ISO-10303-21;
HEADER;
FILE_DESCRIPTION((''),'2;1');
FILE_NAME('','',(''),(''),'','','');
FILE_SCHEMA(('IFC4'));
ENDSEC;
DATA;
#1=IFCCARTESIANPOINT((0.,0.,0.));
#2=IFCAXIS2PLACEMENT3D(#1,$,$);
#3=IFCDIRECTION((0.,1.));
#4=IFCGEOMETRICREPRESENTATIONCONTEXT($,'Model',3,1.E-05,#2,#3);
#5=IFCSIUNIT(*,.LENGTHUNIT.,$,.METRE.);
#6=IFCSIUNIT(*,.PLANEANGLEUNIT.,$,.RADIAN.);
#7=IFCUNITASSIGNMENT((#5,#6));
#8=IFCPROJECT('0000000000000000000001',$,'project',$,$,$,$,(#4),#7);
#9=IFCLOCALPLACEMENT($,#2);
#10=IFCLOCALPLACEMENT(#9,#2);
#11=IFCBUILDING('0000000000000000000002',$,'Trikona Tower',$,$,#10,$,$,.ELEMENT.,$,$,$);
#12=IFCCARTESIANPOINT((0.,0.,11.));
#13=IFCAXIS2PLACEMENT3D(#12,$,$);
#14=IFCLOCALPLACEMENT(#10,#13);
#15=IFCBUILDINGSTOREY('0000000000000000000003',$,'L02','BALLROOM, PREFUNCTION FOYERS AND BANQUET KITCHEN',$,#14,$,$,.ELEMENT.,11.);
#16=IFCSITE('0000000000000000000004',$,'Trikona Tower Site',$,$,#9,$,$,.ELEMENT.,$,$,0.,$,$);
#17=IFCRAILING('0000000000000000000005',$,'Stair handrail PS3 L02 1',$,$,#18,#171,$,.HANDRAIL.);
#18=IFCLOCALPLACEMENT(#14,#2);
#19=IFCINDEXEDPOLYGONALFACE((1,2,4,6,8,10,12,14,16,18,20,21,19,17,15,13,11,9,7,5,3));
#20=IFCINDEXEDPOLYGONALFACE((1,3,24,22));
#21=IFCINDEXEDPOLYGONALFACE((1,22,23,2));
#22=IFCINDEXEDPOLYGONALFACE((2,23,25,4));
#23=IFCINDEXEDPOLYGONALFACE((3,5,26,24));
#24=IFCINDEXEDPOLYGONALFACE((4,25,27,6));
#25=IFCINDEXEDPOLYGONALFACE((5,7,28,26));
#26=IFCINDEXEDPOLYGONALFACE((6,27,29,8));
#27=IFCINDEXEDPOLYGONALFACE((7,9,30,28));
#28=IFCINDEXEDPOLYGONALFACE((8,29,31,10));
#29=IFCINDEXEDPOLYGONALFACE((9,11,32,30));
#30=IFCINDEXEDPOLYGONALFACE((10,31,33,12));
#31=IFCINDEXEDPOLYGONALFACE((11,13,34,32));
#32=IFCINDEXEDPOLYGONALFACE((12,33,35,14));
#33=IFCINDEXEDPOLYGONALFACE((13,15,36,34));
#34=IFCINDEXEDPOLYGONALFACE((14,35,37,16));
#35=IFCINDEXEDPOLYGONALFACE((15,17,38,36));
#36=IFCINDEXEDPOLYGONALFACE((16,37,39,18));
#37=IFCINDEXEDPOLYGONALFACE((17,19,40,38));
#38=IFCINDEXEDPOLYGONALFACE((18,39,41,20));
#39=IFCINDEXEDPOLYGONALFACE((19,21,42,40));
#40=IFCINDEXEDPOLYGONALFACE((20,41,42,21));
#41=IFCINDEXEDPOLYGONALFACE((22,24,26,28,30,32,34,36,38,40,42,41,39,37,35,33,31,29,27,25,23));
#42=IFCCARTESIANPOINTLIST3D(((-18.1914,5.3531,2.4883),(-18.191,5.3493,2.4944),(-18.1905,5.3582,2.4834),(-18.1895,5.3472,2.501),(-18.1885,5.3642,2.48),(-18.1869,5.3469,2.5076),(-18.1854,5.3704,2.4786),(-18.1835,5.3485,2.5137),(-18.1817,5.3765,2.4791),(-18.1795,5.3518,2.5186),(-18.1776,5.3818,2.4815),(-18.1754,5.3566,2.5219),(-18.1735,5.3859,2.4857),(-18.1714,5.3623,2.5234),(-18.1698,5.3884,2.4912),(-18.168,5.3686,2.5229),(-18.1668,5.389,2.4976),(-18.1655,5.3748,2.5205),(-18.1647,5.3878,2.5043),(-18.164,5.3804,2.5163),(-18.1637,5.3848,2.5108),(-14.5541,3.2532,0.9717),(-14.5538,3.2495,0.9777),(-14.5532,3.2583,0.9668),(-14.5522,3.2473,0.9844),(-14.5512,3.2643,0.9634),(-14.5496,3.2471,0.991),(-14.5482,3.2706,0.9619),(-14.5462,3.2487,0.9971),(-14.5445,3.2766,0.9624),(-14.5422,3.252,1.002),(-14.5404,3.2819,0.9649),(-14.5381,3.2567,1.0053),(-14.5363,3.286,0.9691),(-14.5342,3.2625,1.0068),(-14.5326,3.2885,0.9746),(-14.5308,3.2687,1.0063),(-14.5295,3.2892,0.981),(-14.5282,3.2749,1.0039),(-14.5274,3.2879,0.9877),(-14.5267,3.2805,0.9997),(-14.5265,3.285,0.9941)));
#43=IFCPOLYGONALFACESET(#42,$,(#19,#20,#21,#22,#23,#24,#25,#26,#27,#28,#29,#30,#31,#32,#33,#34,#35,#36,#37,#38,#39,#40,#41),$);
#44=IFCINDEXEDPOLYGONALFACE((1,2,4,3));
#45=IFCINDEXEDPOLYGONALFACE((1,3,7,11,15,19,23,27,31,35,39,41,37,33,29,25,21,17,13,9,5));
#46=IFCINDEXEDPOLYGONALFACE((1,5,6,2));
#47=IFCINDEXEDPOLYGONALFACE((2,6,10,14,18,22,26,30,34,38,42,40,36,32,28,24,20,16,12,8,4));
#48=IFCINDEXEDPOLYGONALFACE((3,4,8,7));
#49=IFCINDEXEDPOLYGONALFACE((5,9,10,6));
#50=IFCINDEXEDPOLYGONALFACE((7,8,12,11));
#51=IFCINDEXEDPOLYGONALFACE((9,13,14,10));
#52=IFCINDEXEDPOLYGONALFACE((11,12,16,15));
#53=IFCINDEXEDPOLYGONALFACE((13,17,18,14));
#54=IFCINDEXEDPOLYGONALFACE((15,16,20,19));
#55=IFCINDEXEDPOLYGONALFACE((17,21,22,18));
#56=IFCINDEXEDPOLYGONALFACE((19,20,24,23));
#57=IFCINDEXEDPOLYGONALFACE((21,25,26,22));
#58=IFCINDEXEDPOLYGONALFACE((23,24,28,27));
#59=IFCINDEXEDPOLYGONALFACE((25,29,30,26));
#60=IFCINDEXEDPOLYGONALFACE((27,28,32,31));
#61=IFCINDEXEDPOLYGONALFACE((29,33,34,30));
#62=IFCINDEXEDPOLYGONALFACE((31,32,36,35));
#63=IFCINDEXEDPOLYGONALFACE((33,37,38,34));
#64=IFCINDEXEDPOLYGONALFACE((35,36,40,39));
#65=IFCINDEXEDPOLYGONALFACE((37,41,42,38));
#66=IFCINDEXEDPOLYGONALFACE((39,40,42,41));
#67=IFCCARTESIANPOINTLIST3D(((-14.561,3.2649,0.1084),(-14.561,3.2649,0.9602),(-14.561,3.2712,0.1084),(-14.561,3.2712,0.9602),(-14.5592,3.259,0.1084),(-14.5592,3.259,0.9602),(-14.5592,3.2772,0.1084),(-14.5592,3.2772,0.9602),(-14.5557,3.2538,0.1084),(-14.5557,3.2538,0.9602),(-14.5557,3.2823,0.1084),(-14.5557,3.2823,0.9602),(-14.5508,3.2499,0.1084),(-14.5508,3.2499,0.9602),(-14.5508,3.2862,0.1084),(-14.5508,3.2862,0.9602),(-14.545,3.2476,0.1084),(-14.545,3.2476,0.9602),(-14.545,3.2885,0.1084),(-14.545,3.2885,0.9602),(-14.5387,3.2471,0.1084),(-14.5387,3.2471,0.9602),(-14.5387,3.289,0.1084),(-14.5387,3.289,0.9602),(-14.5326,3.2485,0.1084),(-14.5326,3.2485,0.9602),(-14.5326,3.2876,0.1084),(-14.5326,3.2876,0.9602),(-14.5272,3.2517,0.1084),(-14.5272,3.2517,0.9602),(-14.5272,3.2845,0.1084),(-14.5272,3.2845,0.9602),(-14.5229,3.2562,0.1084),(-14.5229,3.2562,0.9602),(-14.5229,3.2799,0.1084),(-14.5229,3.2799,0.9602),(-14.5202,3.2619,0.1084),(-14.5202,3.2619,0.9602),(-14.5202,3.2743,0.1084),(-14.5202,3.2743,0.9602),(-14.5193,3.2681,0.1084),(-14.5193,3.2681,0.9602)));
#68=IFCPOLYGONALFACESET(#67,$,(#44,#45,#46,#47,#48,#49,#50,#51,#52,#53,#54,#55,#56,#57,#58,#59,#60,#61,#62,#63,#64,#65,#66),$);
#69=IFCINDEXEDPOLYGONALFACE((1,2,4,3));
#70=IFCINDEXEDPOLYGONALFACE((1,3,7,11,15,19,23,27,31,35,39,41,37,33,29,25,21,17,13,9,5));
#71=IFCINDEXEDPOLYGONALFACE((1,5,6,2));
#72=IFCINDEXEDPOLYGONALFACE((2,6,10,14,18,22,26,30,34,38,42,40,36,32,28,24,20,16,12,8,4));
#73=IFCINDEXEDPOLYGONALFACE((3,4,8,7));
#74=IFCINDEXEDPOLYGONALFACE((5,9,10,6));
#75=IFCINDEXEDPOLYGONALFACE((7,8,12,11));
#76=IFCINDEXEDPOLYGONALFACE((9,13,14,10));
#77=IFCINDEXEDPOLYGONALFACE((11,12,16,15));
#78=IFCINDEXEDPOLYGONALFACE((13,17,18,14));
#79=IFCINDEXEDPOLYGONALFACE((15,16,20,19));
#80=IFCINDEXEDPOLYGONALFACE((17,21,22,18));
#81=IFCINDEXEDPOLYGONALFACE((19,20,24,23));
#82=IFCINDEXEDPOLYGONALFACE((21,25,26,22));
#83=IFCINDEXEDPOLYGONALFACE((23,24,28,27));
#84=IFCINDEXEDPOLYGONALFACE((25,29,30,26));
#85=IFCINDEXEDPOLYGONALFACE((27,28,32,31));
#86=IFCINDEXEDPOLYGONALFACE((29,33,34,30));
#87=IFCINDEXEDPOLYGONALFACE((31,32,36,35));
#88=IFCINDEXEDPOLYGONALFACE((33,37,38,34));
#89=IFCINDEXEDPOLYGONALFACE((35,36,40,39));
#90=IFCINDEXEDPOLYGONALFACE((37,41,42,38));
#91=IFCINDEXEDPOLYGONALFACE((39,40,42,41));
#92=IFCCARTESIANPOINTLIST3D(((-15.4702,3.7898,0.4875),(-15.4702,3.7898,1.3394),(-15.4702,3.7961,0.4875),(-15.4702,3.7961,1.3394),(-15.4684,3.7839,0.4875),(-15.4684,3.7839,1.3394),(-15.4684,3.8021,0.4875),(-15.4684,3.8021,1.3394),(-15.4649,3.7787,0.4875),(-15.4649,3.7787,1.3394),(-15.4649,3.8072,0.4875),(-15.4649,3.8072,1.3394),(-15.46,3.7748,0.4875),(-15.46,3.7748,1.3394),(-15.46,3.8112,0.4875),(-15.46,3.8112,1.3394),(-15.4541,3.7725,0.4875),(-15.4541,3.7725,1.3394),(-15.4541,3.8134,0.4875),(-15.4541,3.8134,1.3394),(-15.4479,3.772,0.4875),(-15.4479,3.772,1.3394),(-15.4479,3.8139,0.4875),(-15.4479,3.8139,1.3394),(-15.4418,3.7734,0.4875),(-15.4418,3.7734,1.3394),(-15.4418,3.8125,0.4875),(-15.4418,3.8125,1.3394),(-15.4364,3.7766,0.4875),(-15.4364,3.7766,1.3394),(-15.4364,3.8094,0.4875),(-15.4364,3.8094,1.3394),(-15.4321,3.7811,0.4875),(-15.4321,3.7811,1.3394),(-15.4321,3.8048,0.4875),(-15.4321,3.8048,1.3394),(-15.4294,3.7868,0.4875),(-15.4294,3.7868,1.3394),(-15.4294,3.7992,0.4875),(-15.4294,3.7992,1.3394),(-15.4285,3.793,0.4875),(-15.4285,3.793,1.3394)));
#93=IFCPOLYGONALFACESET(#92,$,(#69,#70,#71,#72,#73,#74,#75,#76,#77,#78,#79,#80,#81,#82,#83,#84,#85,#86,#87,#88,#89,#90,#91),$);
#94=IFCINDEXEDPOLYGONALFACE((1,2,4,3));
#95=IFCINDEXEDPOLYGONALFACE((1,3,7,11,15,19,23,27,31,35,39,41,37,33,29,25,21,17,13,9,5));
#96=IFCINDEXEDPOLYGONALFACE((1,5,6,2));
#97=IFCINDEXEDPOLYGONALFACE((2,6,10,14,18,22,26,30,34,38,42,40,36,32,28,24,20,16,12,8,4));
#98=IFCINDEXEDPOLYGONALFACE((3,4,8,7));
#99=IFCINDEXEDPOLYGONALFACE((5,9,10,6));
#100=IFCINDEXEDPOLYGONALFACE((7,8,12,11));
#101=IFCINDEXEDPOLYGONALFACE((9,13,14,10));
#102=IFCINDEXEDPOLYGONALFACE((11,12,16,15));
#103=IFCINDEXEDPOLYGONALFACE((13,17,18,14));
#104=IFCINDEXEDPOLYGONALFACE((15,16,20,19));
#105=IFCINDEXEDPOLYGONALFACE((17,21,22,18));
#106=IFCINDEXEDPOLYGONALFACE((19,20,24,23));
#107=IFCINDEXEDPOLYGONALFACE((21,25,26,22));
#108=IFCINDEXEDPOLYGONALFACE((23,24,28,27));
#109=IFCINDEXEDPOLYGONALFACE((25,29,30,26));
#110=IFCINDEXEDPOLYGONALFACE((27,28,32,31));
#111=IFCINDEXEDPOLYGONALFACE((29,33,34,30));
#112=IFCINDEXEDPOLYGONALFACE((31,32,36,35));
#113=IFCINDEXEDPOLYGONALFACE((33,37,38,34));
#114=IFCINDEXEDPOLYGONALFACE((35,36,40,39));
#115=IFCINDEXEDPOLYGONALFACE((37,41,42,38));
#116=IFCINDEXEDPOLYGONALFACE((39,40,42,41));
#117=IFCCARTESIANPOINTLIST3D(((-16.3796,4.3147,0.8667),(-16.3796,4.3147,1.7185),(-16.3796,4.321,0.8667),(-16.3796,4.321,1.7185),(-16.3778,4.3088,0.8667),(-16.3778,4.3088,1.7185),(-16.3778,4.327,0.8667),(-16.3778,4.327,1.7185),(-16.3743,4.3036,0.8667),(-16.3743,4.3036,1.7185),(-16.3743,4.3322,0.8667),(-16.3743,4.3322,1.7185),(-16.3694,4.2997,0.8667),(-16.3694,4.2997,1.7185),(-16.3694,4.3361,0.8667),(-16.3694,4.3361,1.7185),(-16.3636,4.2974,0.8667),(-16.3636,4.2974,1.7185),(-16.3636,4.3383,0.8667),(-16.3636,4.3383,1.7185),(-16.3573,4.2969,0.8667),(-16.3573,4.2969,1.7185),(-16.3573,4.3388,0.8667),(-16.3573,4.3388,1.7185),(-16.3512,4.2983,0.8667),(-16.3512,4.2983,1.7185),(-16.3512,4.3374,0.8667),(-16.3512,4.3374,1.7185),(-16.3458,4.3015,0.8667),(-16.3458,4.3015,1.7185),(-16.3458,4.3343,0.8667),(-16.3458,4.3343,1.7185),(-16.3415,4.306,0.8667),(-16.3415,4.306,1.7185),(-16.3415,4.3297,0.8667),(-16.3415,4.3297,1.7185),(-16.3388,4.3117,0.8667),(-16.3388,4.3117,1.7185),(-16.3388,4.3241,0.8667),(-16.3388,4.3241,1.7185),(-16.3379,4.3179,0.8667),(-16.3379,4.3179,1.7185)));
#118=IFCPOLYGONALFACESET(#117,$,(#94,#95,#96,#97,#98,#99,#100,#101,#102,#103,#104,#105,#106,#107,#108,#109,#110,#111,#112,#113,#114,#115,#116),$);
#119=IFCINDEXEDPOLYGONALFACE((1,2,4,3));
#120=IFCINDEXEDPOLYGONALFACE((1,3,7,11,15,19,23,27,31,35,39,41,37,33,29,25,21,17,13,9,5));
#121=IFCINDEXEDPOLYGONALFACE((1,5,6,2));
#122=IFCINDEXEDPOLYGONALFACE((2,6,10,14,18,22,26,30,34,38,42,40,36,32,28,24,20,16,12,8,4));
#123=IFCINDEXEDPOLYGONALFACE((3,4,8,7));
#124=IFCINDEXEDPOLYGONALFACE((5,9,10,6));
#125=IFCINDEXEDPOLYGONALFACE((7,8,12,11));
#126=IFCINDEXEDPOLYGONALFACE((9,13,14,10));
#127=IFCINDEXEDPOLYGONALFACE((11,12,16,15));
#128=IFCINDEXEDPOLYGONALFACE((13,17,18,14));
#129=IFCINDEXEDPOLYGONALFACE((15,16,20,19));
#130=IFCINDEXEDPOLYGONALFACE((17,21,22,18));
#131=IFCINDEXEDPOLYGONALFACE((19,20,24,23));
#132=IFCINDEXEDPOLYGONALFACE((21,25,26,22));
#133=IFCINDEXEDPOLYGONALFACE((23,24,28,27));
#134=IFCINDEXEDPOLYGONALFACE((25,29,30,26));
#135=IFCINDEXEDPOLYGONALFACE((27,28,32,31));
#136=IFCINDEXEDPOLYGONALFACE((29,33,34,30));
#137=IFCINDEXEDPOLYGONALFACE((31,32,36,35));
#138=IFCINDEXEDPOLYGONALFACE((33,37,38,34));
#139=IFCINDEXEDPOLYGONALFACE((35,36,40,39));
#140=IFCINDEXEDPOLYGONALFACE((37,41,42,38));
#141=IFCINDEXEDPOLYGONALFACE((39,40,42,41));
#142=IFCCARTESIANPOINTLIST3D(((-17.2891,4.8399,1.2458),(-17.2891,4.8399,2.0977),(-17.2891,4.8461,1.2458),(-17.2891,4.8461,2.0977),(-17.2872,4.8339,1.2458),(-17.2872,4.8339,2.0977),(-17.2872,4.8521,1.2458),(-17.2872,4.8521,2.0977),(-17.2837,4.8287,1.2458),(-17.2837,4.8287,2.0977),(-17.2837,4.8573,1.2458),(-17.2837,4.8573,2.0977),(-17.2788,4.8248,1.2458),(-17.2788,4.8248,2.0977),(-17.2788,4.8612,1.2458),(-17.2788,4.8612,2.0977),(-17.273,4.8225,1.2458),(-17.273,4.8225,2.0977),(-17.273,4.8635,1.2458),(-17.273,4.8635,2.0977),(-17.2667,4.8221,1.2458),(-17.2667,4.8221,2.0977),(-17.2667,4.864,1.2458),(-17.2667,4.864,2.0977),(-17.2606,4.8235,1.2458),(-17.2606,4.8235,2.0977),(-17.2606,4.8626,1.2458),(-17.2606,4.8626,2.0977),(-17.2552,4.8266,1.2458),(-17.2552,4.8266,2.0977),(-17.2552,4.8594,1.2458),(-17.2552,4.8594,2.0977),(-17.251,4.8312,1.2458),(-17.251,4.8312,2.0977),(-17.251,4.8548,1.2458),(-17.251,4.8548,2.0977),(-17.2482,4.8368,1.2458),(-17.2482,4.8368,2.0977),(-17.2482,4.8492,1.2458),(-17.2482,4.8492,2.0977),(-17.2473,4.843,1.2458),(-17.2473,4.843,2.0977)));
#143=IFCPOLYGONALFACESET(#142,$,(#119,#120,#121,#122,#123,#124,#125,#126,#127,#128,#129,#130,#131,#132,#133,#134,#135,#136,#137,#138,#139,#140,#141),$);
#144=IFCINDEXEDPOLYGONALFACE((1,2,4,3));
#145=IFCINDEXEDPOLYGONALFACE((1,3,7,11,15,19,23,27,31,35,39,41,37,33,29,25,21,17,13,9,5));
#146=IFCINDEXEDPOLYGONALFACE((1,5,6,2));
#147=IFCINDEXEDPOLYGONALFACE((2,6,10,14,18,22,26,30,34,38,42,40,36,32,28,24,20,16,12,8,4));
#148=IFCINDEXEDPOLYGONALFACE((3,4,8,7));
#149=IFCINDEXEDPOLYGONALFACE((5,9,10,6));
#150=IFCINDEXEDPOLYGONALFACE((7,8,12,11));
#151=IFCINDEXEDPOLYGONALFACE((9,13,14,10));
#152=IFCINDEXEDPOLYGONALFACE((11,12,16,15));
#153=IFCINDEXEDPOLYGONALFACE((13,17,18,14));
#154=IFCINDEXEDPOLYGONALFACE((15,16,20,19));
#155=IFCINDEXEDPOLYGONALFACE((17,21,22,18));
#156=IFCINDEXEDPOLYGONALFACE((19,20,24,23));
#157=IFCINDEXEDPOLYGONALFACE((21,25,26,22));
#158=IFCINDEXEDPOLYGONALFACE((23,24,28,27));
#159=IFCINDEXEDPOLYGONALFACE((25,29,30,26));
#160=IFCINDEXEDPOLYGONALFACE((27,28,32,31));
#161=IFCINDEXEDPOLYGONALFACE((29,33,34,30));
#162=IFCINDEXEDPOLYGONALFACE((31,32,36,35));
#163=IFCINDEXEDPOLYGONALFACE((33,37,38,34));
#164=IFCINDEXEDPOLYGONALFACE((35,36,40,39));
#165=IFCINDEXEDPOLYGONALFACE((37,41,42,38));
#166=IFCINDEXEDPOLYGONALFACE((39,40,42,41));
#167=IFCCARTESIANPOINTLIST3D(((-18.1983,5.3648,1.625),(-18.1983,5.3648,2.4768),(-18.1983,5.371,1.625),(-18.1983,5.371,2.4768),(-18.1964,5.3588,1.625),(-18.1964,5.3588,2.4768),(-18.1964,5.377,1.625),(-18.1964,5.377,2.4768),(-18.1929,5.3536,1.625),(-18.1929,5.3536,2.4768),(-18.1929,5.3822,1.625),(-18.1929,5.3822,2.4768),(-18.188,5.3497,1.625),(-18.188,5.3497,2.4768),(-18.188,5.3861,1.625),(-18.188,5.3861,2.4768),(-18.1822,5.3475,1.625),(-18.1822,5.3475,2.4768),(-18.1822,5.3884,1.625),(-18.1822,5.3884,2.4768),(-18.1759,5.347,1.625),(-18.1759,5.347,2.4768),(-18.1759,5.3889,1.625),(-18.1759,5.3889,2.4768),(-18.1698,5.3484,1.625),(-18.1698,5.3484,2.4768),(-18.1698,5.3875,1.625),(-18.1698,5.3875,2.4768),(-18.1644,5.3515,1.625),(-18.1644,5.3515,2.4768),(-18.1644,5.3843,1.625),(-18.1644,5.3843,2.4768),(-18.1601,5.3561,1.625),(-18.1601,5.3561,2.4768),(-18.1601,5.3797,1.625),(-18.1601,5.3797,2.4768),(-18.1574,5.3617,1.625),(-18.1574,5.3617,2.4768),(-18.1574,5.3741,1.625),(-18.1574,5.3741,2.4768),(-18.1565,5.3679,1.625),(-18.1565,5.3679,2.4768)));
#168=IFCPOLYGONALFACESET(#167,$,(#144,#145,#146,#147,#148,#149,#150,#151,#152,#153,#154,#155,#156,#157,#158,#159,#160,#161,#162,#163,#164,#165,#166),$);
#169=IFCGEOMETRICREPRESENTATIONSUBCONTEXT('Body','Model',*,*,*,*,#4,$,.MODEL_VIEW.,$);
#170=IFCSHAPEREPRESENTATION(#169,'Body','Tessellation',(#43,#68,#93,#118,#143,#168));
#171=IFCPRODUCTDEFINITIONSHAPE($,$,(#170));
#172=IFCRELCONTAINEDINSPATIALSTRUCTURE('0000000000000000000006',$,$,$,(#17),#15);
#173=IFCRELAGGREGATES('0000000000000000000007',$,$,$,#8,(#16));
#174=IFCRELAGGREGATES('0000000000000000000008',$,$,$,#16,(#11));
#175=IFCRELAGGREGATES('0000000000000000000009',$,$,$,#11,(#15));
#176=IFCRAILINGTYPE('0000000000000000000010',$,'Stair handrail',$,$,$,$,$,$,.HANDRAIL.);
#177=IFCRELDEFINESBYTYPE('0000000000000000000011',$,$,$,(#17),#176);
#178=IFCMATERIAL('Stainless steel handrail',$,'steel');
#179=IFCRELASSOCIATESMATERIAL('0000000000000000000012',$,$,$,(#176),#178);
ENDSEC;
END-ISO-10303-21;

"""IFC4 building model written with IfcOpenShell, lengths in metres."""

from ifc_helpers import new_model, si_unit, direction, frame, origin, origin_2d, place, context, subcontext, project, spatial, circle, extrude, material, type_object, element, save


model = new_model("IFC4")

# Units and contexts
model_context = context("Model", 3, precision=1e-05, world=origin(), true_north=direction((0.0, 1.0)))
body_context = subcontext(model_context, "Body", "Model", "MODEL_VIEW")
ifc_project = project(units=[si_unit("LENGTHUNIT", "METRE"), si_unit("PLANEANGLEUNIT", "RADIAN")], contexts=[model_context])

# Site, building, storey
site_placement = place(None, origin())
site = spatial("IfcSite", under=ifc_project, at=site_placement, Name="Trikona Tower Site", CompositionType="ELEMENT", RefElevation=0.0)
building_placement = place(site_placement, origin())
building = spatial("IfcBuilding", under=site, at=building_placement, Name="Trikona Tower", CompositionType="ELEMENT")
storey_placement = place(building_placement, frame((0.0, 0.0, 11.0)))
storey = spatial("IfcBuildingStorey", under=building, at=storey_placement, Name="L02", Description="BALLROOM, PREFUNCTION FOYERS AND BANQUET KITCHEN", CompositionType="ELEMENT", Elevation=11.0)

# Railing
ifc_material_1 = material(Name="Stainless steel handrail", Category="steel")
railing_type_1 = type_object("IfcRailingType", Name="Stair handrail", PredefinedType="HANDRAIL", material=ifc_material_1)
railing_1_placement = place(storey_placement, frame((-14.5403, 3.2681, 0.1084)))
element("IfcRailing", 1, at=railing_1_placement, inside=storey, type_object=railing_type_1, Name="Stair handrail PS3 L02 1", PredefinedType="HANDRAIL", context=body_context, shape_type="SweptSolid", body=[
    extrude(circle(Radius=0.0239, at=origin_2d()), frame((0.0, 0.0, 0.876), z_axis=(-0.814553, 0.470262, 0.339643), x_axis=(-0.499984, -0.866035, 0.0)), (0.0, 0.0, 1.0), 4.4653),
    extrude(circle(Radius=0.021, at=origin_2d()), origin(), (0.0, 0.0, 1.0), 0.8518),
    extrude(circle(Radius=0.021, at=origin_2d()), frame((-0.9092, 0.5249, 0.3792)), (0.0, 0.0, 1.0), 0.8518),
    extrude(circle(Radius=0.021, at=origin_2d()), frame((-1.8186, 1.0498, 0.7583)), (0.0, 0.0, 1.0), 0.8518),
    extrude(circle(Radius=0.021, at=origin_2d()), frame((-2.728, 1.575, 1.1375)), (0.0, 0.0, 1.0), 0.8518),
    extrude(circle(Radius=0.021, at=origin_2d()), frame((-3.6372, 2.0999, 1.5166)), (0.0, 0.0, 1.0), 0.8518),
])

save(model, "model.ifc")
